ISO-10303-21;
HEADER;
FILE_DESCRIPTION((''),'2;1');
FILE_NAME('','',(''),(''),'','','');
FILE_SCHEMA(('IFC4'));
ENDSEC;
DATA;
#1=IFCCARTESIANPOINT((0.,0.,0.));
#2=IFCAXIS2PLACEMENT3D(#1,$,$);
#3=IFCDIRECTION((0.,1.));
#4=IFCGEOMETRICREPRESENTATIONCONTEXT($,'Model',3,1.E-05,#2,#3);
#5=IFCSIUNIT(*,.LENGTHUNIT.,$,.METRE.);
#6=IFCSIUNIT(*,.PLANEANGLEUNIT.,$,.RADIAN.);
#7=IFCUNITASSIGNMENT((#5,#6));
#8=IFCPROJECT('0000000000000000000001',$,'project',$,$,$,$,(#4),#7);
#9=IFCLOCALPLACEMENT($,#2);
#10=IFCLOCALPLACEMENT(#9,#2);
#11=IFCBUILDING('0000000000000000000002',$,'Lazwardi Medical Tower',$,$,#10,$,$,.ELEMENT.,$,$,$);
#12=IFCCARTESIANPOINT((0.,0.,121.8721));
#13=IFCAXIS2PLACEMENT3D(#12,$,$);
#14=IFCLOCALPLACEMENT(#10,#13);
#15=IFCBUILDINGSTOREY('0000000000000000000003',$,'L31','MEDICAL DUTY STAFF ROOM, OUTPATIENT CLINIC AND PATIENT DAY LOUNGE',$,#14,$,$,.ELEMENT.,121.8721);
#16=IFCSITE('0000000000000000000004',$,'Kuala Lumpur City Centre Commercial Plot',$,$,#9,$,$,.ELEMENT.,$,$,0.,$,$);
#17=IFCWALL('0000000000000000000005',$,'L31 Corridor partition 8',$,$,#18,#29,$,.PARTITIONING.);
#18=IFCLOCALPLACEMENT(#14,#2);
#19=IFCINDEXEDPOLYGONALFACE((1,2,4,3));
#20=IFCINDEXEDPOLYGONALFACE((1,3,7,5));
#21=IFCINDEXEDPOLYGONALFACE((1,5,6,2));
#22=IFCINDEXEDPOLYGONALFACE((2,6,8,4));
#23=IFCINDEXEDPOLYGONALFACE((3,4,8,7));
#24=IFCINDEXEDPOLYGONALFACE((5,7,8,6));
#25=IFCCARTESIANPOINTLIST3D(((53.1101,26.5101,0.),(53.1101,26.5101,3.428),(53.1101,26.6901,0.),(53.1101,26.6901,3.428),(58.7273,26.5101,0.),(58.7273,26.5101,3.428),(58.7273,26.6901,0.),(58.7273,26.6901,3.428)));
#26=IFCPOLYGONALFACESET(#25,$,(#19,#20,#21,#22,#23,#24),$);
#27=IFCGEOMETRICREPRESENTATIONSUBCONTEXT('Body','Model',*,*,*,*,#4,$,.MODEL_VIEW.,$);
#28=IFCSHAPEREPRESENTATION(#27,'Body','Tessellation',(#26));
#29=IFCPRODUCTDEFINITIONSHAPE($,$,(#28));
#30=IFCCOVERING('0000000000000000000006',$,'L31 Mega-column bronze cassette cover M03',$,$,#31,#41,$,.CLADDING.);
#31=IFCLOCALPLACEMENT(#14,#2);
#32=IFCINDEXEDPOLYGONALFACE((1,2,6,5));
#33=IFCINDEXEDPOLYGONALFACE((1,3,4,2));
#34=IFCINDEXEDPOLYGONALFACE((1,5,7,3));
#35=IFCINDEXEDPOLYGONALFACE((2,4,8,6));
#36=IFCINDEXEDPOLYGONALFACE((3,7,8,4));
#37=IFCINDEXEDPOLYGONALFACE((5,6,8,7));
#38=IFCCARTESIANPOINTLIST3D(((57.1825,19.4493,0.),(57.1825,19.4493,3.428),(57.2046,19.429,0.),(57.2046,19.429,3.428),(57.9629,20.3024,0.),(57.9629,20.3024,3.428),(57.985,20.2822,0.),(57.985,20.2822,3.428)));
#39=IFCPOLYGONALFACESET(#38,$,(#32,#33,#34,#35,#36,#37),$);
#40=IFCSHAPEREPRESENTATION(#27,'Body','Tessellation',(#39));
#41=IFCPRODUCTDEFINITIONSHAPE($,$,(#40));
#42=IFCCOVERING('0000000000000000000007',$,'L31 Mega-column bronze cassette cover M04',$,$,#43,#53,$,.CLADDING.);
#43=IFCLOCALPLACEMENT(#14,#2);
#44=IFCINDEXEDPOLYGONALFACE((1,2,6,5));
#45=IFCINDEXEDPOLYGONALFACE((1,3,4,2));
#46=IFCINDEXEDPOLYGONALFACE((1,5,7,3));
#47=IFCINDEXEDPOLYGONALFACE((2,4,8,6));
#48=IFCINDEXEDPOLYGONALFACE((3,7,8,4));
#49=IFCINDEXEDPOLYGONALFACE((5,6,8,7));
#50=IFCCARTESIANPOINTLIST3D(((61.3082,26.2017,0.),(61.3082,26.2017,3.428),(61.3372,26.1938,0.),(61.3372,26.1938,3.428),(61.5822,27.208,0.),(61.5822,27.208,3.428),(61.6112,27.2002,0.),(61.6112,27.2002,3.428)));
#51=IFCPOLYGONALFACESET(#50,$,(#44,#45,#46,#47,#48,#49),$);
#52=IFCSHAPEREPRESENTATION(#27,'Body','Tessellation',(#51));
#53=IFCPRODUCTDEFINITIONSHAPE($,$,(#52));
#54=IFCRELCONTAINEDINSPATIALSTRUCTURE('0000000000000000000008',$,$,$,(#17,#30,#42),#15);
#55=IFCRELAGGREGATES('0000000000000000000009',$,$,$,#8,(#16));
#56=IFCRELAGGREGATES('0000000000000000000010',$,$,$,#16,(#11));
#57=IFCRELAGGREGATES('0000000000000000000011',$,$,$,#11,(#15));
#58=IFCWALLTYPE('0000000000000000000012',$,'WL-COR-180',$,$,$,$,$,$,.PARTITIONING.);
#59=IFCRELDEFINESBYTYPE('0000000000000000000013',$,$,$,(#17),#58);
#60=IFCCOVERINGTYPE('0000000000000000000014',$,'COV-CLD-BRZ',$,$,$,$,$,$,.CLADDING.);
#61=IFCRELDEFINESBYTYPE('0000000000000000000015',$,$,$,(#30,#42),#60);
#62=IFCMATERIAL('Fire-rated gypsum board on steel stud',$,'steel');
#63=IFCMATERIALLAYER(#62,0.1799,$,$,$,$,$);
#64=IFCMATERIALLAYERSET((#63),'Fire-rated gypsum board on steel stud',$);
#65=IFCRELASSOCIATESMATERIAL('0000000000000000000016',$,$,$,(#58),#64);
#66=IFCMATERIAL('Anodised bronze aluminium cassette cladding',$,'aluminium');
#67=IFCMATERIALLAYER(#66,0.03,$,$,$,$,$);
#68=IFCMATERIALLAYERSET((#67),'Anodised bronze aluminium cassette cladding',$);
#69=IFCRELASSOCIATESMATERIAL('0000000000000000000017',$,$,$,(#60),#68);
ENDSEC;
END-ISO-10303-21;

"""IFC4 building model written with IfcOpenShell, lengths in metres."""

from ifc_helpers import new_model, si_unit, direction, frame, frame_2d, origin, origin_2d, place, context, subcontext, project, spatial, rectangle, extrude, material, layer, layer_set, type_object, element, save


model = new_model("IFC4")

# Units and contexts
model_context = context("Model", 3, precision=1e-05, world=origin(), true_north=direction((0.0, 1.0)))
body_context = subcontext(model_context, "Body", "Model", "MODEL_VIEW")
ifc_project = project(units=[si_unit("LENGTHUNIT", "METRE"), si_unit("PLANEANGLEUNIT", "RADIAN")], contexts=[model_context])

# Site, building, storey
site_placement = place(None, origin())
site = spatial("IfcSite", under=ifc_project, at=site_placement, Name="Kuala Lumpur City Centre Commercial Plot", CompositionType="ELEMENT", RefElevation=0.0)
building_placement = place(site_placement, origin())
building = spatial("IfcBuilding", under=site, at=building_placement, Name="Lazwardi Medical Tower", CompositionType="ELEMENT")
storey_placement = place(building_placement, frame((0.0, 0.0, 121.8721)))
storey = spatial("IfcBuildingStorey", under=building, at=storey_placement, Name="L31", Description="MEDICAL DUTY STAFF ROOM, OUTPATIENT CLINIC AND PATIENT DAY LOUNGE", CompositionType="ELEMENT", Elevation=121.8721)

# Wall
ifc_material_1 = material(Name="Fire-rated gypsum board on steel stud", Category="steel")
ifc_layer_1 = layer(ifc_material_1, 0.1799)
ifc_layer_set_1 = layer_set([ifc_layer_1], Name="Fire-rated gypsum board on steel stud")
wall_type = type_object("IfcWallType", Name="WL-COR-180", PredefinedType="PARTITIONING", material=ifc_layer_set_1)
wall_placement = place(storey_placement, frame((58.7273, 26.6001, 0.0), z_axis=(0.0, 0.0, 1.0), x_axis=(-1.0, 0.0, 0.0)))
element("IfcWall", 1, at=wall_placement, inside=storey, type_object=wall_type, Name="L31 Corridor partition 8", PredefinedType="PARTITIONING", context=body_context, shape_type="SweptSolid", body=[
    extrude(rectangle(XDim=5.6172, YDim=0.1799, at=frame_2d((2.8086, 0.0))), origin(), (0.0, 0.0, 1.0), 3.428),
])

# Coverings
ifc_material_2 = material(Name="Anodised bronze aluminium cassette cladding", Category="aluminium")
ifc_layer_2 = layer(ifc_material_2, 0.03)
ifc_layer_set_2 = layer_set([ifc_layer_2], Name="Anodised bronze aluminium cassette cladding")
covering_type = type_object("IfcCoveringType", Name="COV-CLD-BRZ", PredefinedType="CLADDING", material=ifc_layer_set_2)
covering_1_placement = place(storey_placement, frame((57.5837, 19.8657, 0.0), z_axis=(0.0, 0.0, 1.0), x_axis=(0.674926, 0.737885, 0.0)))
element("IfcCovering", 2, at=covering_1_placement, inside=storey, type_object=covering_type, Name="L31 Mega-column bronze cassette cover M03", PredefinedType="CLADDING", context=body_context, shape_type="SweptSolid", body=[
    extrude(rectangle(XDim=1.1562, YDim=0.03, at=origin_2d()), origin(), (0.0, 0.0, 1.0), 3.428),
])
covering_2_placement = place(storey_placement, frame((61.4597, 26.7009, 0.0), z_axis=(0.0, 0.0, 1.0), x_axis=(0.262696, 0.964879, 0.0)))
element("IfcCovering", 3, at=covering_2_placement, inside=storey, type_object=covering_type, Name="L31 Mega-column bronze cassette cover M04", PredefinedType="CLADDING", context=body_context, shape_type="SweptSolid", body=[
    extrude(rectangle(XDim=1.043, YDim=0.03, at=origin_2d()), origin(), (0.0, 0.0, 1.0), 3.428),
])

save(model, "model.ifc")
